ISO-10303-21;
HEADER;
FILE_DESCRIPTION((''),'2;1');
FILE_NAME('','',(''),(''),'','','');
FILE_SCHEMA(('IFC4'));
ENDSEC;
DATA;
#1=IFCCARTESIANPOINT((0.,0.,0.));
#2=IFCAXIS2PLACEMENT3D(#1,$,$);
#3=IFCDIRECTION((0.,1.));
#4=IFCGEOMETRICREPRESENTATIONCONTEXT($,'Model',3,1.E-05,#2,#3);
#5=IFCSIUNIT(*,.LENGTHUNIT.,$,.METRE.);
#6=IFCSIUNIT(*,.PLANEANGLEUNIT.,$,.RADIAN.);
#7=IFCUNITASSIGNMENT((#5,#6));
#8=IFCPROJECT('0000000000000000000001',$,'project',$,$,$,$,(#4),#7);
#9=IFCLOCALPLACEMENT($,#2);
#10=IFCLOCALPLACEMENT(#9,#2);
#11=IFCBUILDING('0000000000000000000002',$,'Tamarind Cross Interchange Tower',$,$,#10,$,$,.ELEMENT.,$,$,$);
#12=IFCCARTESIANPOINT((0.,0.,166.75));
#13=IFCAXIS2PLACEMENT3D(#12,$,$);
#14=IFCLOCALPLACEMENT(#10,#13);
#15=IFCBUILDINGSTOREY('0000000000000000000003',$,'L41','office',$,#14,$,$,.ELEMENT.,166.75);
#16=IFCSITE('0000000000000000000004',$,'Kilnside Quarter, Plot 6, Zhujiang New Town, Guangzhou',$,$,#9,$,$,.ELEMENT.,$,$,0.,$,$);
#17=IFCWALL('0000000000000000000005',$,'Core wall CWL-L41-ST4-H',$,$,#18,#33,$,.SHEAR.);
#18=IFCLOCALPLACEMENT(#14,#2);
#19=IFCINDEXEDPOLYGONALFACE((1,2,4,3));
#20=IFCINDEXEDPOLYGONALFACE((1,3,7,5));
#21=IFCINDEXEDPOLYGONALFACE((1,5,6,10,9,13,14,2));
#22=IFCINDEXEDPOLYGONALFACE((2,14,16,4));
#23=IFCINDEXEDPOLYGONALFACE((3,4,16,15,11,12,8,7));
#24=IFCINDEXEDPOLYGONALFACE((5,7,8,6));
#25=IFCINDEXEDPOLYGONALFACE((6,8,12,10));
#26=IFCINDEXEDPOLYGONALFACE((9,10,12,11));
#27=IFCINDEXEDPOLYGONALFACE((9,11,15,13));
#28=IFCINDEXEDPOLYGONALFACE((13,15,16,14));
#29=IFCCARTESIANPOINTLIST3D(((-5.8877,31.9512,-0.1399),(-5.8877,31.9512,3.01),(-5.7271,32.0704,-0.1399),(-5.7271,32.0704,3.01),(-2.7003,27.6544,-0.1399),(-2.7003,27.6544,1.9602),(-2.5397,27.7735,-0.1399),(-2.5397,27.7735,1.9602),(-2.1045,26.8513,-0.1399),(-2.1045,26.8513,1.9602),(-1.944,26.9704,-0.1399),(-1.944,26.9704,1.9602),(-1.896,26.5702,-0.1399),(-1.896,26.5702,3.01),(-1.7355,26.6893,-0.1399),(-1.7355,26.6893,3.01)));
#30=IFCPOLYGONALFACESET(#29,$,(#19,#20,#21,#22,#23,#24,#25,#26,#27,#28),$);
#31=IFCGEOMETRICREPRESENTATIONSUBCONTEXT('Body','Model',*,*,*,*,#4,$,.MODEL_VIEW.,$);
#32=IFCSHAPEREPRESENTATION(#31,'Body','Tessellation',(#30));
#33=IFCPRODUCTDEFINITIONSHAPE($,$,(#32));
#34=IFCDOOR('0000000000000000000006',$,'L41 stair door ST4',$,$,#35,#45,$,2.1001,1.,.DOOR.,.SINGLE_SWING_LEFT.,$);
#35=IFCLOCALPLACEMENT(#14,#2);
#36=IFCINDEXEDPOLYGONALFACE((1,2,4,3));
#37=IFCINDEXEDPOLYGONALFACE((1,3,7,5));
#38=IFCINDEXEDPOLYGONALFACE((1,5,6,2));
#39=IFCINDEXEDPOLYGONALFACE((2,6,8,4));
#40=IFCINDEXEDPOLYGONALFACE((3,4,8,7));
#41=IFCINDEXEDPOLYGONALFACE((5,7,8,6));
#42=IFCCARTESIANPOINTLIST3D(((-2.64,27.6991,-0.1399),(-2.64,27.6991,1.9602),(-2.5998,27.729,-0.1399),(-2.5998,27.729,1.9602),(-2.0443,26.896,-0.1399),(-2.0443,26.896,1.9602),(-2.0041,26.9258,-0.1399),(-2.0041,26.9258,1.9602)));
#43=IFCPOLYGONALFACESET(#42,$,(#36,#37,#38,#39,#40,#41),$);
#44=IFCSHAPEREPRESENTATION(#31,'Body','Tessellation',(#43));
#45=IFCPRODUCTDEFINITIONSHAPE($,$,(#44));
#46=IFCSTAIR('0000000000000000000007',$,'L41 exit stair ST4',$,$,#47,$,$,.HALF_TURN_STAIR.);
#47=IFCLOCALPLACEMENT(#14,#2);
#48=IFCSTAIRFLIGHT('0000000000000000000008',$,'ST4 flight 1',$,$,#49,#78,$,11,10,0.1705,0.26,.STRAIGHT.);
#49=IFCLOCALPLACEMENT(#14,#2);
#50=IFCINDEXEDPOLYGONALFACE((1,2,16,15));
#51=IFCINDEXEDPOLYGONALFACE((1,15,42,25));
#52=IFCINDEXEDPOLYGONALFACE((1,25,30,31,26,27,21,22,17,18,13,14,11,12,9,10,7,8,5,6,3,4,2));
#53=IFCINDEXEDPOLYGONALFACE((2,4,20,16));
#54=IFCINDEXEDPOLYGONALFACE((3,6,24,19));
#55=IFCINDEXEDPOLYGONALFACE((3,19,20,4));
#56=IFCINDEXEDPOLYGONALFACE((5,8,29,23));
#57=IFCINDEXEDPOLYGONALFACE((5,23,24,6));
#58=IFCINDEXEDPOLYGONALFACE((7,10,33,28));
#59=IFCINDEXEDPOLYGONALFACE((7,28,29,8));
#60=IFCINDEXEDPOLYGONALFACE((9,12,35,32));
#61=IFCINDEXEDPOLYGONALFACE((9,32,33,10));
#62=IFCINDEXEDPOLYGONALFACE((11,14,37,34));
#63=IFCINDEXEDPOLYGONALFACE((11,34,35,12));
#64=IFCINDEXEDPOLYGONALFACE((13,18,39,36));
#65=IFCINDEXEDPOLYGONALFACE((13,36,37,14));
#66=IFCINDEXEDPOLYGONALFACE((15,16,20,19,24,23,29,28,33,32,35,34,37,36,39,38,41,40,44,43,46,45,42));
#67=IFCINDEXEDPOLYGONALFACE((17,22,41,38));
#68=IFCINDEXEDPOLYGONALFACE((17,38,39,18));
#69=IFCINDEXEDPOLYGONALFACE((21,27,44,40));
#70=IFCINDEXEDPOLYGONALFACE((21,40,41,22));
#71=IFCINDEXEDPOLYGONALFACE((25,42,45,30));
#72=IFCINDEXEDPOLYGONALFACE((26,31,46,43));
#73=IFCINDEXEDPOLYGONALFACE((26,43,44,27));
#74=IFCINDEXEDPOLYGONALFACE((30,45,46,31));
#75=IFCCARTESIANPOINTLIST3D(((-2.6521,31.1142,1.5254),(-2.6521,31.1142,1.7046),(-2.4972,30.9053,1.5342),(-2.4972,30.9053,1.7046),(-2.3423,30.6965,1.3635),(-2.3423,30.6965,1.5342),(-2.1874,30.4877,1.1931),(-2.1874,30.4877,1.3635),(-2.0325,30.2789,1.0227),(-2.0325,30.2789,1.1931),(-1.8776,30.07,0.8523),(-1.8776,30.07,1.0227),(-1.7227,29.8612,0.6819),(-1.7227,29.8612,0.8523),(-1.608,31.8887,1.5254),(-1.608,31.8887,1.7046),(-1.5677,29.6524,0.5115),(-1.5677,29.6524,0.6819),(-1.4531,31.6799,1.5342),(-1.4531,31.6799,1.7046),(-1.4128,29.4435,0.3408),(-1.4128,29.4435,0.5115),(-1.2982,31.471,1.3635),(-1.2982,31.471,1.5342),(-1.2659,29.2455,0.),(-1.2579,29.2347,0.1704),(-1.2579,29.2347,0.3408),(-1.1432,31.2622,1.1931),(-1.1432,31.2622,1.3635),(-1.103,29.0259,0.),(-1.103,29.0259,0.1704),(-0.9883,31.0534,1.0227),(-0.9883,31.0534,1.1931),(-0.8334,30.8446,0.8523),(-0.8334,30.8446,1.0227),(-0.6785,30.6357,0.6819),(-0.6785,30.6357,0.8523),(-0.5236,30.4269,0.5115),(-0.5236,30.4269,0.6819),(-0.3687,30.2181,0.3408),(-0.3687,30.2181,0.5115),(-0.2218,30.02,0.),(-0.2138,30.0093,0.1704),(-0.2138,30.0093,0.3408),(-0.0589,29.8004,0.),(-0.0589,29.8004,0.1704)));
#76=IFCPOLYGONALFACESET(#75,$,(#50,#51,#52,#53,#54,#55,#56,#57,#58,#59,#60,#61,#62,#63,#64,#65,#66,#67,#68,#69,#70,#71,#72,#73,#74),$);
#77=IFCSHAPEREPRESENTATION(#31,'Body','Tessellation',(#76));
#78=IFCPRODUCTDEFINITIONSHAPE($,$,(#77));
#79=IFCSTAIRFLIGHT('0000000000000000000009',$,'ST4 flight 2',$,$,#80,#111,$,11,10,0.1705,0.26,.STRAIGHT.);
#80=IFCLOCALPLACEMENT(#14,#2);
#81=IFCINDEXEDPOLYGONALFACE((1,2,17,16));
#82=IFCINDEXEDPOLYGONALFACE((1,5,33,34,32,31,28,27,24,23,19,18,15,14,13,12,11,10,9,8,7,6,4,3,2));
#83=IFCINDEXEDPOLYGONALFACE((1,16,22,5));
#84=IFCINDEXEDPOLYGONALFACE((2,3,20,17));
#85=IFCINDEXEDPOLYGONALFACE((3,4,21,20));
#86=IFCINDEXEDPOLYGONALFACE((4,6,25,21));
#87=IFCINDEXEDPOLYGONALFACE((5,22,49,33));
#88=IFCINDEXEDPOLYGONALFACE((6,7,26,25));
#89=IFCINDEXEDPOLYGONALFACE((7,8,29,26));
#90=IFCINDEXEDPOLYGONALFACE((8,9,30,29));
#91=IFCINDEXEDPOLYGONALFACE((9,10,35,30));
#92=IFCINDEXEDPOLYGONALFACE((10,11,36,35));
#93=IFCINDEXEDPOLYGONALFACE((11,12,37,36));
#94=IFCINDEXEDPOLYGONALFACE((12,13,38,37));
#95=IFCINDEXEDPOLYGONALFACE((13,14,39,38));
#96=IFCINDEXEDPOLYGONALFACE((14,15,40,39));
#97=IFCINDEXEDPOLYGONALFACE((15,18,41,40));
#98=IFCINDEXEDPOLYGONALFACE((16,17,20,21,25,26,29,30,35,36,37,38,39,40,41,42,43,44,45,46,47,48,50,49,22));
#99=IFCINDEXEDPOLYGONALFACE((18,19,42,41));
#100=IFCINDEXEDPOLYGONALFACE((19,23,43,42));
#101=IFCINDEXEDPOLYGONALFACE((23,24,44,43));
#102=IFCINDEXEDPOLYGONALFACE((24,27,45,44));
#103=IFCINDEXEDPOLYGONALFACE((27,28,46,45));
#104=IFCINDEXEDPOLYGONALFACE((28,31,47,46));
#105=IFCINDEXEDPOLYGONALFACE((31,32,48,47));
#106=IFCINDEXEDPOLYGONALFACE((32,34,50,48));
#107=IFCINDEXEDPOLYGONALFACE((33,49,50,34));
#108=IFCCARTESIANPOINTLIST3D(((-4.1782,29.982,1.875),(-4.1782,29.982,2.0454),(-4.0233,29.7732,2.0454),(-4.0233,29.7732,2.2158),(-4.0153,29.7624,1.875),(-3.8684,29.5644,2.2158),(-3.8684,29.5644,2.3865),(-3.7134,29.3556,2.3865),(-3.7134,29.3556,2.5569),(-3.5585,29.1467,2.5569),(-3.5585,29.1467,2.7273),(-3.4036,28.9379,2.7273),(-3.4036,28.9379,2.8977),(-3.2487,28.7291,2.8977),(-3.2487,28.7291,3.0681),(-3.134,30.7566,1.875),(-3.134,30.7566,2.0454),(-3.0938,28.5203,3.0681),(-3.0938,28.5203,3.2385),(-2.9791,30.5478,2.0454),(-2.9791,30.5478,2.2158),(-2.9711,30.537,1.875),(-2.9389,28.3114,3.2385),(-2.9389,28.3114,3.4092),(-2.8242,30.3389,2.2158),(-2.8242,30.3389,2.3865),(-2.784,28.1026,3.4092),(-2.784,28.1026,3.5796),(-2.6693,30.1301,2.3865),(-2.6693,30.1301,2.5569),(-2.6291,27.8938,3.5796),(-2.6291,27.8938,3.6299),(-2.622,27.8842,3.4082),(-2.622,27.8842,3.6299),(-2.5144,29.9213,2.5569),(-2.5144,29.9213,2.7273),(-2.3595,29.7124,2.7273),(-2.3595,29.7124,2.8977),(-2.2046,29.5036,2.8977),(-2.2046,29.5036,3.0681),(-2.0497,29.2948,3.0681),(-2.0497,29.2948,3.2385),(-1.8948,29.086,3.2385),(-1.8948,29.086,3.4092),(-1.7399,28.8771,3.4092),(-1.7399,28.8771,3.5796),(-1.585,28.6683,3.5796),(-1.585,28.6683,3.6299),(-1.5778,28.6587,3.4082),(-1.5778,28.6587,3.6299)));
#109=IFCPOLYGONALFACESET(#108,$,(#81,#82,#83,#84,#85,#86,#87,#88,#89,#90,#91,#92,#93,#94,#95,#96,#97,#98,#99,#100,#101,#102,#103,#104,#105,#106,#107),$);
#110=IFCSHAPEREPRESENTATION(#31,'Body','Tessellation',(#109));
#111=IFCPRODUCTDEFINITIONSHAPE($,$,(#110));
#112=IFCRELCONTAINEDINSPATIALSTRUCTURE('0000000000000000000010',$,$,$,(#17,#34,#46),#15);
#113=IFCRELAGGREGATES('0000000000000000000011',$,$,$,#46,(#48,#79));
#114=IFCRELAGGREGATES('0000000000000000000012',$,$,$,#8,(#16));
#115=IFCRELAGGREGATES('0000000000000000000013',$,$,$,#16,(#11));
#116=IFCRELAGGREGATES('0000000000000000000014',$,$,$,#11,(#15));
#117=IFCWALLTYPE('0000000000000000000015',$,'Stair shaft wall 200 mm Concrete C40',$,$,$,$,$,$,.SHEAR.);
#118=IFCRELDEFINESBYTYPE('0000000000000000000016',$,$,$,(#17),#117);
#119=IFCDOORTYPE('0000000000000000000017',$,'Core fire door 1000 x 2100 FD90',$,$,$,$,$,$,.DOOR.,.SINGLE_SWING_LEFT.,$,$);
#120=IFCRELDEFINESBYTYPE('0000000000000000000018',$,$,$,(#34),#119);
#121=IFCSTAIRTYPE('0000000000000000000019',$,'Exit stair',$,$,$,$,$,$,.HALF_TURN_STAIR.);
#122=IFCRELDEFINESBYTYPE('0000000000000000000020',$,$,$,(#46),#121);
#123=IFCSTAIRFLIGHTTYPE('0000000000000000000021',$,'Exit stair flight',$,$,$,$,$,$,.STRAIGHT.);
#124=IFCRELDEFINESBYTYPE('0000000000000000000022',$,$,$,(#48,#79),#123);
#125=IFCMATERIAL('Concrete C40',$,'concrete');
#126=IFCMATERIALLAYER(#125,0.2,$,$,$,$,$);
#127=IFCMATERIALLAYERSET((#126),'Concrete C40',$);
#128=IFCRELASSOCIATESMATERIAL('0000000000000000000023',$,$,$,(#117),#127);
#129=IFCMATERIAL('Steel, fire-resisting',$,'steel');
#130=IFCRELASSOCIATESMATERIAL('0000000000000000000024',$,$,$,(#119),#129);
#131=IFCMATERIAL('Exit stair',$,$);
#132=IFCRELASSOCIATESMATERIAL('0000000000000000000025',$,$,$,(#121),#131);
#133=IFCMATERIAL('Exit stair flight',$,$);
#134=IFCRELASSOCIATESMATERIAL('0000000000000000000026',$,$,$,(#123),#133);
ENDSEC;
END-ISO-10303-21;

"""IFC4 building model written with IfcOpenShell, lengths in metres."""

from ifc_helpers import new_model, si_unit, direction, frame, frame_2d, origin, place, context, subcontext, project, spatial, polyline, rectangle, outline, extrude, material, layer, layer_set, type_object, element, fill, aggregate, save


model = new_model("IFC4")

# Units and contexts
model_context = context("Model", 3, precision=1e-05, world=origin(), true_north=direction((0.0, 1.0)))
body_context = subcontext(model_context, "Body", "Model", "MODEL_VIEW")
ifc_project = project(units=[si_unit("LENGTHUNIT", "METRE"), si_unit("PLANEANGLEUNIT", "RADIAN")], contexts=[model_context])

# Site, building, storey
site_placement = place(None, origin())
site = spatial("IfcSite", under=ifc_project, at=site_placement, Name="Kilnside Quarter, Plot 6, Zhujiang New Town, Guangzhou", CompositionType="ELEMENT", RefElevation=0.0)
building_placement = place(site_placement, origin())
building = spatial("IfcBuilding", under=site, at=building_placement, Name="Tamarind Cross Interchange Tower", CompositionType="ELEMENT")
storey_placement = place(building_placement, frame((0.0, 0.0, 166.75)))
storey = spatial("IfcBuildingStorey", under=building, at=storey_placement, Name="L41", Description="office", CompositionType="ELEMENT", Elevation=166.75)

# Wall, opening, door
ifc_material_1 = material(Name="Concrete C40", Category="concrete")
ifc_layer_1 = layer(ifc_material_1, 0.2)
ifc_layer_set_1 = layer_set([ifc_layer_1], Name="Concrete C40")
wall_type_1 = type_object("IfcWallType", Name="Stair shaft wall 200 mm Concrete C40", PredefinedType="SHEAR", material=ifc_layer_set_1)
wall_1_placement = place(storey_placement, frame((-1.8157, 26.6296, -0.1399), z_axis=(0.0, 0.0, 1.0), x_axis=(-0.595776, 0.80315, 0.0)))
wall_1 = element("IfcWall", 1, at=wall_1_placement, inside=storey, type_object=wall_type_1, Name="Core wall CWL-L41-ST4-H", PredefinedType="SHEAR", context=body_context, shape_type="SweptSolid", body=[
    extrude(rectangle(XDim=6.7, YDim=0.2, at=frame_2d((3.3501, 0.0))), origin(), (0.0, 0.0, 1.0), 3.1499),
])
opening_1_placement = place(wall_1_placement, frame((0.3501, 0.0, 0.0)))
opening_1 = element("IfcOpeningElement", 2, at=opening_1_placement, cuts=wall_1, PredefinedType="OPENING", context=body_context, shape_type="SweptSolid", body=[
    extrude(rectangle(XDim=1.0, YDim=2.1001, at=frame_2d((0.5, 1.05))), frame((0.0, 0.1099, 0.0), z_axis=(0.0, -1.0, 0.0), x_axis=(1.0, 0.0, 0.0)), (0.0, 0.0, 1.0), 0.22),
])
ifc_material_2 = material(Name="Steel, fire-resisting", Category="steel")
door_type_1 = type_object("IfcDoorType", Name="Core fire door 1000 x 2100 FD90", OperationType="SINGLE_SWING_LEFT", PredefinedType="DOOR", material=ifc_material_2)
door_1_placement = place(opening_1_placement, origin())
door_1 = element("IfcDoor", 3, at=door_1_placement, inside=storey, type_object=door_type_1, Name="L41 stair door ST4", OperationType="SINGLE_SWING_LEFT", OverallHeight=2.1001, OverallWidth=1.0, PredefinedType="DOOR", context=body_context, shape_type="SweptSolid", body=[
    extrude(rectangle(XDim=1.0, YDim=2.1001, at=frame_2d((0.5, 1.05))), frame((0.0, 0.0249, 0.0), z_axis=(0.0, -1.0, 0.0), x_axis=(1.0, 0.0, 0.0)), (0.0, 0.0, 1.0), 0.05),
])
fill(opening_1, door_1)

# Stair, stair flights
ifc_material_3 = material(Name="Exit stair")
stair_type = type_object("IfcStairType", Name="Exit stair", PredefinedType="HALF_TURN_STAIR", material=ifc_material_3)
stair_placement = place(storey_placement, origin())
stair = element("IfcStair", 4, at=stair_placement, inside=storey, type_object=stair_type, Name="L41 exit stair ST4", PredefinedType="HALF_TURN_STAIR")
ifc_material_4 = material(Name="Exit stair flight")
stair_flight_type = type_object("IfcStairFlightType", Name="Exit stair flight", PredefinedType="STRAIGHT", material=ifc_material_4)
stair_flight_1_placement = place(storey_placement, frame((-0.5811, 29.4131, 0.0), z_axis=(0.0, 0.0, 1.0), x_axis=(-0.595776, 0.80315, 0.0)))
stair_flight_1 = element("IfcStairFlight", 5, at=stair_flight_1_placement, type_object=stair_flight_type, Name="ST4 flight 1", NumberOfRisers=11, NumberOfTreads=10, PredefinedType="STRAIGHT", RiserHeight=0.1705, TreadLength=0.26, context=body_context, shape_type="SweptSolid", body=[
    extrude(outline(polyline([(0.0, 0.0), (0.0, 0.1704), (0.26, 0.1704), (0.26, 0.3408), (0.52, 0.3408), (0.52, 0.5115), (0.78, 0.5115), (0.78, 0.6819), (1.04, 0.6819), (1.04, 0.8523), (1.3, 0.8523), (1.3, 1.0227), (1.5601, 1.0227), (1.5601, 1.1931), (1.8201, 1.1931), (1.8201, 1.3635), (2.0801, 1.3635), (2.0801, 1.5342), (2.3401, 1.5342), (2.3401, 1.7046), (2.6001, 1.7046), (2.6001, 1.875), (2.6001, 1.5254), (0.2734, 0.0), (0.0, 0.0)])), frame((0.0, 0.6499, 0.0), z_axis=(0.0, -1.0, 0.0), x_axis=(1.0, 0.0, 0.0)), (0.0, 0.0, 1.0), 1.3),
])
stair_flight_2_placement = place(storey_placement, frame((-3.656, 30.3694, 1.875), z_axis=(0.0, 0.0, 1.0), x_axis=(0.595776, -0.80315, 0.0)))
stair_flight_2 = element("IfcStairFlight", 6, at=stair_flight_2_placement, type_object=stair_flight_type, Name="ST4 flight 2", NumberOfRisers=11, NumberOfTreads=10, PredefinedType="STRAIGHT", RiserHeight=0.1705, TreadLength=0.26, context=body_context, shape_type="SweptSolid", body=[
    extrude(outline(polyline([(0.0, 0.0), (0.0, 0.1704), (0.26, 0.1704), (0.26, 0.3408), (0.52, 0.3408), (0.52, 0.5115), (0.78, 0.5115), (0.78, 0.6819), (1.04, 0.6819), (1.04, 0.8523), (1.3, 0.8523), (1.3, 1.0227), (1.5601, 1.0227), (1.5601, 1.1931), (1.8201, 1.1931), (1.8201, 1.3635), (2.0801, 1.3635), (2.0801, 1.5342), (2.3401, 1.5342), (2.3401, 1.7046), (2.6001, 1.7046), (2.6001, 1.7549), (2.6121, 1.7549), (2.6121, 1.5332), (0.2734, 0.0), (0.0, 0.0)])), frame((0.0, 0.6499, 0.0), z_axis=(0.0, -1.0, 0.0), x_axis=(1.0, 0.0, 0.0)), (0.0, 0.0, 1.0), 1.3),
])
aggregate(stair, [stair_flight_1, stair_flight_2])

save(model, "model.ifc")
